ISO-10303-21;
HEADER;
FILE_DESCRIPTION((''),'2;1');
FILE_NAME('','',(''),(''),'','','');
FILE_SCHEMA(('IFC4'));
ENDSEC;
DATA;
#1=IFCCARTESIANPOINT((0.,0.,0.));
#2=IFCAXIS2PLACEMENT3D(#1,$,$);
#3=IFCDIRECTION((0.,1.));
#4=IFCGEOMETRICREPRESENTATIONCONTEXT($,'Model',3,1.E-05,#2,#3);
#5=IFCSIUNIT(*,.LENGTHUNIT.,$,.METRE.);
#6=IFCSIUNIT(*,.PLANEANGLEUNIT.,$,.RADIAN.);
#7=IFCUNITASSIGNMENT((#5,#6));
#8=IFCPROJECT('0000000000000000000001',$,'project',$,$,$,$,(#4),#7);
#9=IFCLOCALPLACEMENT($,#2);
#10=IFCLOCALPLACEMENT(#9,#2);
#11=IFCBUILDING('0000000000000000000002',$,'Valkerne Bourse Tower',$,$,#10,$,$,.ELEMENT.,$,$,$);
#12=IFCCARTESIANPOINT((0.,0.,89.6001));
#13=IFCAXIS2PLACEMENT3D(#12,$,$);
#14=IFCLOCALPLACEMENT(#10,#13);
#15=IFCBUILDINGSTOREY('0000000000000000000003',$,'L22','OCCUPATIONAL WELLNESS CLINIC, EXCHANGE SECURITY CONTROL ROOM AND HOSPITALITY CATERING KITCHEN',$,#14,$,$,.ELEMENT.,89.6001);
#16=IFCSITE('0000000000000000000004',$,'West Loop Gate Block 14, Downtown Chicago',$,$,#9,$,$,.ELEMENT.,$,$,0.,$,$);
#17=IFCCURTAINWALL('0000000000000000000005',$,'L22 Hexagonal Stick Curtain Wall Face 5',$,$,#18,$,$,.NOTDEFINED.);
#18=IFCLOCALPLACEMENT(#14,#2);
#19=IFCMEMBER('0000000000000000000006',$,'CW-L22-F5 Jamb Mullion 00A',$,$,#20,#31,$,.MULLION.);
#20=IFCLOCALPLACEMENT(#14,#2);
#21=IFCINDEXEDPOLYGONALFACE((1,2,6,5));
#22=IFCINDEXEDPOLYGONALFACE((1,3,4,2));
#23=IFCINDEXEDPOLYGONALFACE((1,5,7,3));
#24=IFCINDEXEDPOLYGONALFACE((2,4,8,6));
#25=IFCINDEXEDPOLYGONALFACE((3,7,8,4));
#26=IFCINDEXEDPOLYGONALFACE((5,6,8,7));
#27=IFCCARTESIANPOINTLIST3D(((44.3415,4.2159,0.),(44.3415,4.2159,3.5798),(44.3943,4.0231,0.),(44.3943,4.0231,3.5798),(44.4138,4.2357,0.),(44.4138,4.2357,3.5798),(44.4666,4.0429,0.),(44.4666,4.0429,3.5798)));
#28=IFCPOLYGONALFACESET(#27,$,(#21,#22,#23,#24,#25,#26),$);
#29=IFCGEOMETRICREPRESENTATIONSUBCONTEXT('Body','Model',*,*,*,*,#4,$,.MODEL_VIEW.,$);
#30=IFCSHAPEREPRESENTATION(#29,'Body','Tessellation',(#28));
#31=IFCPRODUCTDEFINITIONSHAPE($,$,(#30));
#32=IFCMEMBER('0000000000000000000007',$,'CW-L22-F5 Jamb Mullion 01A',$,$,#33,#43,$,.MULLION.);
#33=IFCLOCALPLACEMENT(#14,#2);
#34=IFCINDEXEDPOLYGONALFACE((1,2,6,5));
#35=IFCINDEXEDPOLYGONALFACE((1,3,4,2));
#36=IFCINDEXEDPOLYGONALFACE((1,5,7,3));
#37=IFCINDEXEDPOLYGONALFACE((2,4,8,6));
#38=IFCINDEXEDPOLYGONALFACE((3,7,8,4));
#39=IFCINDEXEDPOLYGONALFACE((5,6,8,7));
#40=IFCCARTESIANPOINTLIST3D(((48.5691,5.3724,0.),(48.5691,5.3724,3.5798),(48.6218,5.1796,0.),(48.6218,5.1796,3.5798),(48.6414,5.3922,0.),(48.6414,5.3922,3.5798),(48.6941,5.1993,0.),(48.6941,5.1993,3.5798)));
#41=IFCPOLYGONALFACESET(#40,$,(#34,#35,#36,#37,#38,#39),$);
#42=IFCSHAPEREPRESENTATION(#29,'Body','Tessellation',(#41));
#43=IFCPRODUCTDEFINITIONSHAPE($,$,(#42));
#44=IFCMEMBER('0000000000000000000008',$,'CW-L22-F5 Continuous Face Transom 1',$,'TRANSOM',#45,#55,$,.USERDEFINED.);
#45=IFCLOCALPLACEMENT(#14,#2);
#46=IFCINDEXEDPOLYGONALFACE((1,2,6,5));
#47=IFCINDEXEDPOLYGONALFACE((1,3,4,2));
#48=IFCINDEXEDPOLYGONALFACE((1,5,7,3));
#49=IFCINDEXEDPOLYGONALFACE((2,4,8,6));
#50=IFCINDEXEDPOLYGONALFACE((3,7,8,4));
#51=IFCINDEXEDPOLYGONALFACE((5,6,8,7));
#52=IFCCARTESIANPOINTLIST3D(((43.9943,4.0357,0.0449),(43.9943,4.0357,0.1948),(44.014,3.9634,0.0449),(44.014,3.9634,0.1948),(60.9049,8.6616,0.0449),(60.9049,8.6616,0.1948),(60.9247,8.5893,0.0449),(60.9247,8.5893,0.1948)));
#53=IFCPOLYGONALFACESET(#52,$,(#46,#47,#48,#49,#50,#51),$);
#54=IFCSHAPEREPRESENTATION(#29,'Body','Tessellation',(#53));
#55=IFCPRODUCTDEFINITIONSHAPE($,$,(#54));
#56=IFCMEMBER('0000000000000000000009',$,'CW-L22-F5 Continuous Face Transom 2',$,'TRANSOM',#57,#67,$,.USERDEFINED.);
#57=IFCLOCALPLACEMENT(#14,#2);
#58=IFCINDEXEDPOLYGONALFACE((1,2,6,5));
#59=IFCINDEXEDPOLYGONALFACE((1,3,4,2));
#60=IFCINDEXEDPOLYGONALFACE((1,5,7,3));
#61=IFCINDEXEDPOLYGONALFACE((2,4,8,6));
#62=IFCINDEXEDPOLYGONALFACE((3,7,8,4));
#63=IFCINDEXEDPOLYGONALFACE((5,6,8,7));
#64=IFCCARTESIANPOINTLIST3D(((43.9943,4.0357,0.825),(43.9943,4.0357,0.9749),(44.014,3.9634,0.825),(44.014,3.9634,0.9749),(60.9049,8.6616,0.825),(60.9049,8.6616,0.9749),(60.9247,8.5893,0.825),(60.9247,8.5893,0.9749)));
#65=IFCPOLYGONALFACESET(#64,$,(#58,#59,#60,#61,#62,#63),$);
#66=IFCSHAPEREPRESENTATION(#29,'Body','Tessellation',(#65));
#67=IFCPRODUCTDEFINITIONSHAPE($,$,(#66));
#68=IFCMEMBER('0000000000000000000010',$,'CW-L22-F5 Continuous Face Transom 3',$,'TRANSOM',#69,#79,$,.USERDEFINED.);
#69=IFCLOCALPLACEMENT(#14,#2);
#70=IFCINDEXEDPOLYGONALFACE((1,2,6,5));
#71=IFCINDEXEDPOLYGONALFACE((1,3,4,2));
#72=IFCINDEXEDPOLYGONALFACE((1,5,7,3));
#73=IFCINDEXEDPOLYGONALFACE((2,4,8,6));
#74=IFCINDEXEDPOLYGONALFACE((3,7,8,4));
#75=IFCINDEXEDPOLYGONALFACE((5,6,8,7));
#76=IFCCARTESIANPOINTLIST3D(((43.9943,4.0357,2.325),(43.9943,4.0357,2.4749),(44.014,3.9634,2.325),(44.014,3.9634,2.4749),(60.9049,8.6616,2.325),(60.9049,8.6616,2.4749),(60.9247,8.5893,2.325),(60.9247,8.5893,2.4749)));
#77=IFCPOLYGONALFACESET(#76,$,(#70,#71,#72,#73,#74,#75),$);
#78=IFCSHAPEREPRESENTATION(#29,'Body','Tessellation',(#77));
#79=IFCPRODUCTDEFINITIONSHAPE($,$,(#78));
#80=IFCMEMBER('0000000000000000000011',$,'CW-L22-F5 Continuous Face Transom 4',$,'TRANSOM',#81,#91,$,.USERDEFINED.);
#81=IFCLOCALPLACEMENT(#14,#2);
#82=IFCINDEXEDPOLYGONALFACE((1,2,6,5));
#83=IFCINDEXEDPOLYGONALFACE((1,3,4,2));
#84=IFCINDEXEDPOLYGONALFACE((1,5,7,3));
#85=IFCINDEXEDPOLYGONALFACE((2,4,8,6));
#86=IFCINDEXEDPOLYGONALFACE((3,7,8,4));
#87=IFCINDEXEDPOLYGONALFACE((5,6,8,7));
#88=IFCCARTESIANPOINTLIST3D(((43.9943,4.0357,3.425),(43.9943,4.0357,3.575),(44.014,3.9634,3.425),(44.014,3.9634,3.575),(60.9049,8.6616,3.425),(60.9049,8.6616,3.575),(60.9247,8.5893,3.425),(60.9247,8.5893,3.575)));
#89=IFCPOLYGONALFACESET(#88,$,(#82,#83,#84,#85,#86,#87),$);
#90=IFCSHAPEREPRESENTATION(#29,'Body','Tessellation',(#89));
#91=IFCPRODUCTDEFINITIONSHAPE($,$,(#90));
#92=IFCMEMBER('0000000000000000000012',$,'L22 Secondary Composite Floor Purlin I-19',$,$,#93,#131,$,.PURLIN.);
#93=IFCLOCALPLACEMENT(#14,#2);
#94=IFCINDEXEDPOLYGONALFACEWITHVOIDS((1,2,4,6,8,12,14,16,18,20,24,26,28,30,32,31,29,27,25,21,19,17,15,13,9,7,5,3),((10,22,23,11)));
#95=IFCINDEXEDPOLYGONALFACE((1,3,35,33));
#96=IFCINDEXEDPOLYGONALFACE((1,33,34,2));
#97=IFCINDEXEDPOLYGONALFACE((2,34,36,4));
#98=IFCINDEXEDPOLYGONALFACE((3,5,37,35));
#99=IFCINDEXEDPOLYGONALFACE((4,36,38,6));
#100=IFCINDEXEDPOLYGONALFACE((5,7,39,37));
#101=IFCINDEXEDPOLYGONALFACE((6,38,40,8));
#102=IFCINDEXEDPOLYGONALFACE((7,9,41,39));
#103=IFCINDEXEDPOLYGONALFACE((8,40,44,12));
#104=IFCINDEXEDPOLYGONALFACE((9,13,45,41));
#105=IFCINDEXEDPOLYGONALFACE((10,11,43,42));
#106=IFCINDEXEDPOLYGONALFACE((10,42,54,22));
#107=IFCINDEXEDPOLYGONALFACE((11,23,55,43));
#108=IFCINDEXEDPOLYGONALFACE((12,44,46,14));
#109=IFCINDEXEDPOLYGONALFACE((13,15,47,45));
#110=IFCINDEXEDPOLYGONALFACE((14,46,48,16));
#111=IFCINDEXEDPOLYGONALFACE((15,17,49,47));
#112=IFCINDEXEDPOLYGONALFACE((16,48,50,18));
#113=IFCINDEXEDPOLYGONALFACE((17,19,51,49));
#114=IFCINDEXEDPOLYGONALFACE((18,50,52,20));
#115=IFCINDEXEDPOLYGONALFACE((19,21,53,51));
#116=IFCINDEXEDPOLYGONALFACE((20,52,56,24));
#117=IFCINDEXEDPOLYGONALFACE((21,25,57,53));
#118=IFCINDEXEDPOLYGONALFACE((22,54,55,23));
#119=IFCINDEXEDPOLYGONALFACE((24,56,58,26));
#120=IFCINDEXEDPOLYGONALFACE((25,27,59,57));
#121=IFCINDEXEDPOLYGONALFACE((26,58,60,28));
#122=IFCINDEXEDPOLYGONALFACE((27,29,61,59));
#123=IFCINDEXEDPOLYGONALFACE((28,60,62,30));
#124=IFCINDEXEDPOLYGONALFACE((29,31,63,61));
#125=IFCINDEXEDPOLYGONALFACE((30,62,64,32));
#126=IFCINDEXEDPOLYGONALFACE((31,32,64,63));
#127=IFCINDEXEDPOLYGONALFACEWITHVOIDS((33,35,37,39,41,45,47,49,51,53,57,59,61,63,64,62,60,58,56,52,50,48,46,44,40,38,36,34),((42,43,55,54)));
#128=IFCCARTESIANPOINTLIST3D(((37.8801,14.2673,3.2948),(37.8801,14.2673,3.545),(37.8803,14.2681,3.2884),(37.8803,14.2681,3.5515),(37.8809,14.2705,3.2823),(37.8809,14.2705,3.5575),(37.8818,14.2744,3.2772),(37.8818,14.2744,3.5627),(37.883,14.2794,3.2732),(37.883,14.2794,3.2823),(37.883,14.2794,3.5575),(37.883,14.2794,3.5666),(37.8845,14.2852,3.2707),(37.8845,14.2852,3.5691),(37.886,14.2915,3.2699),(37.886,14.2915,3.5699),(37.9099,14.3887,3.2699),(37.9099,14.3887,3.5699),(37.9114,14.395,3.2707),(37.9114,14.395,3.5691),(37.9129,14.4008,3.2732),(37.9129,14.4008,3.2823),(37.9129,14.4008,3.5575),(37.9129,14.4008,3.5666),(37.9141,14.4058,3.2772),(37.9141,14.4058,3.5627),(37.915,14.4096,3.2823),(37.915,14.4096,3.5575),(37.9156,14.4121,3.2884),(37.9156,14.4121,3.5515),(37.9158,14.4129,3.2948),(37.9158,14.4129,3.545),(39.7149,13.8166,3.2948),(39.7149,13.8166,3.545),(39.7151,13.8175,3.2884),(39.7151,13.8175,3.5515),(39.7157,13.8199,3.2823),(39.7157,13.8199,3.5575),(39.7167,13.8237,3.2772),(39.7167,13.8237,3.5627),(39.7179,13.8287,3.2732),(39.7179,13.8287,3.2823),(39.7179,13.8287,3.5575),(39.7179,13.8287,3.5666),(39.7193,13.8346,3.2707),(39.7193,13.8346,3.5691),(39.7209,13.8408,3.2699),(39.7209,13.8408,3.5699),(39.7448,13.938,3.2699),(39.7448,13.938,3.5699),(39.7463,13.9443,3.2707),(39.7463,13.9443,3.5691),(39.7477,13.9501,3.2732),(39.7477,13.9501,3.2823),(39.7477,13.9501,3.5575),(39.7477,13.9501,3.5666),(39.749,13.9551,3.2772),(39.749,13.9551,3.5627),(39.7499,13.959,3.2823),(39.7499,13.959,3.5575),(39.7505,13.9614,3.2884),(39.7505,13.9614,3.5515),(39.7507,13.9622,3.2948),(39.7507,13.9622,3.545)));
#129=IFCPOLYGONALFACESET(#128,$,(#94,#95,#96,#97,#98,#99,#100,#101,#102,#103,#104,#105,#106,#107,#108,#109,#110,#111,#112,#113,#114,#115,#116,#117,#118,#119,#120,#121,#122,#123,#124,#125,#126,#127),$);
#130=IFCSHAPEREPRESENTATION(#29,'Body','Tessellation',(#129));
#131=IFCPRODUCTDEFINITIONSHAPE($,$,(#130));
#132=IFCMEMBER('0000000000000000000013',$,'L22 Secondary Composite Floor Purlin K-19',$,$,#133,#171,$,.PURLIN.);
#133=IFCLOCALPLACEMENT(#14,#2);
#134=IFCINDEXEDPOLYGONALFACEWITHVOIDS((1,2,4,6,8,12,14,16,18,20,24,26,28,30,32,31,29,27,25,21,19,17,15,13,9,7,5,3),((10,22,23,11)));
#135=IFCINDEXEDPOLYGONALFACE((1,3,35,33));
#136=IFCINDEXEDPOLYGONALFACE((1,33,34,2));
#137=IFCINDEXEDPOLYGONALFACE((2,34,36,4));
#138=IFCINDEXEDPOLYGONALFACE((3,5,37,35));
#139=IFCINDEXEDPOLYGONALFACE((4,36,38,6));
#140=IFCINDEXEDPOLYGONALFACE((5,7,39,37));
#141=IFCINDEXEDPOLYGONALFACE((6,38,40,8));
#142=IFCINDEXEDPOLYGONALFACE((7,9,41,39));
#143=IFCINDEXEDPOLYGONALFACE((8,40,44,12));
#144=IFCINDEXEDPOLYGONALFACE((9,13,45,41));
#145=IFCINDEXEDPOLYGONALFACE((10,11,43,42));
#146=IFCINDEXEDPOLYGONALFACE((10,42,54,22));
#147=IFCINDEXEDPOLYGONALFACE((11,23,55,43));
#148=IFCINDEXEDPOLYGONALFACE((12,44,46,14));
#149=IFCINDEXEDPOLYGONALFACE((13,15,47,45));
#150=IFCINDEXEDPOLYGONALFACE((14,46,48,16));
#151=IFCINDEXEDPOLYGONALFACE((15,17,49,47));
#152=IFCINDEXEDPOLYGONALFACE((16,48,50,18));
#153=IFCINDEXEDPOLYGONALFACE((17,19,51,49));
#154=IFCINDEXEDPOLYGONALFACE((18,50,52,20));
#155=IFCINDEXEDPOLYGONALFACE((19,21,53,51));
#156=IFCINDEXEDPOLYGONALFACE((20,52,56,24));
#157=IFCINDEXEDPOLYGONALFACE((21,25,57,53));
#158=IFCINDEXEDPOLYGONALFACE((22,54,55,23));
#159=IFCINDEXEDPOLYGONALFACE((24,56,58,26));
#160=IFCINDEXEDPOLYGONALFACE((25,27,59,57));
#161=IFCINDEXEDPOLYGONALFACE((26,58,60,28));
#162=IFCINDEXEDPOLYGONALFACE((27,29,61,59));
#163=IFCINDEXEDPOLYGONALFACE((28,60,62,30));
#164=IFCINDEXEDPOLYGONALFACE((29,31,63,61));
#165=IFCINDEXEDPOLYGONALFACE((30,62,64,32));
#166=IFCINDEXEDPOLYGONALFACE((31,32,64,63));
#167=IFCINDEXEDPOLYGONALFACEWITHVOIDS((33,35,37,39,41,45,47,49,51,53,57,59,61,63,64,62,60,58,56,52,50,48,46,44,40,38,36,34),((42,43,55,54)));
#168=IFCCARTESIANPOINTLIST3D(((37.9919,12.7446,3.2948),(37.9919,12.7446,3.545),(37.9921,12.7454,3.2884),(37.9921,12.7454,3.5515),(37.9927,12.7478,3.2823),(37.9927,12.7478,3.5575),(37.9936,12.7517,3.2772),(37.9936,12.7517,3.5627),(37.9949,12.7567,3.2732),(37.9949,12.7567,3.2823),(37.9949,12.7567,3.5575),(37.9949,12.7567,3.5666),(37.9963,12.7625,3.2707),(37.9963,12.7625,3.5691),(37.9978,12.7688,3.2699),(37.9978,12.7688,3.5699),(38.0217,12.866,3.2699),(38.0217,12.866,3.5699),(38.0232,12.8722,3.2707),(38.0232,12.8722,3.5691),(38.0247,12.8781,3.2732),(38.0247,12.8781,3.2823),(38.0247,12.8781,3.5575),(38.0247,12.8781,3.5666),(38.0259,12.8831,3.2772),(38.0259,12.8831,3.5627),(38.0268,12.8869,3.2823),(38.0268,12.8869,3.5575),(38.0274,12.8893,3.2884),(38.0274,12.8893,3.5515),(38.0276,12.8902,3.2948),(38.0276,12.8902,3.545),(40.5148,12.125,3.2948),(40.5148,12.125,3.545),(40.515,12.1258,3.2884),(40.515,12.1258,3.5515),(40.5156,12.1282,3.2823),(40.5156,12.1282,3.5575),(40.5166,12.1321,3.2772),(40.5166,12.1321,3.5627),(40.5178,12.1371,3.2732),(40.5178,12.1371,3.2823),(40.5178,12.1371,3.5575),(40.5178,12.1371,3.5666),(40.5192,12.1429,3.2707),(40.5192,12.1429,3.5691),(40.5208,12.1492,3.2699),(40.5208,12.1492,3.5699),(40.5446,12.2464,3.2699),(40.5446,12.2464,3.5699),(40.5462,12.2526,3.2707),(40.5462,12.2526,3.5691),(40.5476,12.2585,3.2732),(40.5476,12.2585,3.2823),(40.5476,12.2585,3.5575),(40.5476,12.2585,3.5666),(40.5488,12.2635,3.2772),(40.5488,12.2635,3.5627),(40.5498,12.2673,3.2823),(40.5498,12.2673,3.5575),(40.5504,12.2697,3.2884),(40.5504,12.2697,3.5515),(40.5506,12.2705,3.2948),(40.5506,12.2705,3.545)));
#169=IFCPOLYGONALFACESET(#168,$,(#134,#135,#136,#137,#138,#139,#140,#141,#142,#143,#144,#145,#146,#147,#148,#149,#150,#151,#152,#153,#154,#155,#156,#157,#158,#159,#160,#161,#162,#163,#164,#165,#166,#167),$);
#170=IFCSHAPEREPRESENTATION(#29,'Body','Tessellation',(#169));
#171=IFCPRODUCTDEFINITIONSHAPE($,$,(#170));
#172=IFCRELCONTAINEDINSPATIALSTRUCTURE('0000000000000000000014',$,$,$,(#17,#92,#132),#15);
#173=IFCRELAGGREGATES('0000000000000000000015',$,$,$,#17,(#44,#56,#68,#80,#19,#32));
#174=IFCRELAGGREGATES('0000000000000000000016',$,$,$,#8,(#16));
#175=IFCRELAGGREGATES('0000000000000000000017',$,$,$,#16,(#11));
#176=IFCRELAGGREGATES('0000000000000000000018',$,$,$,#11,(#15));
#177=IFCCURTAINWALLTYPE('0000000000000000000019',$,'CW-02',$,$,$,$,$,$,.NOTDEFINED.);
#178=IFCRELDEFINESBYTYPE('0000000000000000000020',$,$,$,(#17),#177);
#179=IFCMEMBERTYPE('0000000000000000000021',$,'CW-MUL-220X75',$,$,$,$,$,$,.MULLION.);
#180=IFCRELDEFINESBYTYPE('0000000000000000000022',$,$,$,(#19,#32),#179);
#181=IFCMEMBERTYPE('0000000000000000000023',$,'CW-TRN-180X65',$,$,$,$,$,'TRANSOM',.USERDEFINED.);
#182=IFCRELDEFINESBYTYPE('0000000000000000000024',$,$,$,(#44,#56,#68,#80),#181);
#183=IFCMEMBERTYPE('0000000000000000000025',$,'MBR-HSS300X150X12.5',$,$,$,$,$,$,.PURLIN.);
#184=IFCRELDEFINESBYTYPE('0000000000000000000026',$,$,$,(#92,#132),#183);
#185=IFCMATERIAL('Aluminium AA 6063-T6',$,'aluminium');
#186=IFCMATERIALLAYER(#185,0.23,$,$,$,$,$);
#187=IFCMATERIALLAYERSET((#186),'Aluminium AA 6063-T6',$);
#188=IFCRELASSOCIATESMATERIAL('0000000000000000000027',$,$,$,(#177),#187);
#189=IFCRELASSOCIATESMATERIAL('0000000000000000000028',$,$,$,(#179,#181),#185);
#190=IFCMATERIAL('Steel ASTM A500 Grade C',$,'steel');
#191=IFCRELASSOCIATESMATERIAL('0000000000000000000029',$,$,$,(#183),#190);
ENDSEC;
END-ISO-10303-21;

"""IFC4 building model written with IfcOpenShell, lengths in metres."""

from ifc_helpers import new_model, si_unit, direction, frame, origin, origin_2d, place, context, subcontext, project, spatial, rectangle, hollow_rectangle, extrude, material, layer, layer_set, material_profile, profile_set, type_object, element, aggregate, save


model = new_model("IFC4")

# Units and contexts
model_context = context("Model", 3, precision=1e-05, world=origin(), true_north=direction((0.0, 1.0)))
body_context = subcontext(model_context, "Body", "Model", "MODEL_VIEW")
ifc_project = project(units=[si_unit("LENGTHUNIT", "METRE"), si_unit("PLANEANGLEUNIT", "RADIAN")], contexts=[model_context])

# Site, building, storey
site_placement = place(None, origin())
site = spatial("IfcSite", under=ifc_project, at=site_placement, Name="West Loop Gate Block 14, Downtown Chicago", CompositionType="ELEMENT", RefElevation=0.0)
building_placement = place(site_placement, origin())
building = spatial("IfcBuilding", under=site, at=building_placement, Name="Valkerne Bourse Tower", CompositionType="ELEMENT")
storey_placement = place(building_placement, frame((0.0, 0.0, 89.6001)))
storey = spatial("IfcBuildingStorey", under=building, at=storey_placement, Name="L22", Description="OCCUPATIONAL WELLNESS CLINIC, EXCHANGE SECURITY CONTROL ROOM AND HOSPITALITY CATERING KITCHEN", CompositionType="ELEMENT", Elevation=89.6001)

# Curtain wall, members
ifc_material_1 = material(Name="Aluminium AA 6063-T6", Category="aluminium")
ifc_layer_1 = layer(ifc_material_1, 0.23)
ifc_layer_set_1 = layer_set([ifc_layer_1], Name="Aluminium AA 6063-T6")
curtain_wall_type = type_object("IfcCurtainWallType", Name="CW-02", PredefinedType="NOTDEFINED", material=ifc_layer_set_1)
curtain_wall_placement = place(storey_placement, origin())
curtain_wall = element("IfcCurtainWall", 1, at=curtain_wall_placement, inside=storey, type_object=curtain_wall_type, Name="L22 Hexagonal Stick Curtain Wall Face 5", PredefinedType="NOTDEFINED")
ifc_material_profile_1 = material_profile(ifc_material_1, rectangle(XDim=0.075, YDim=0.2, at=origin_2d()), Name="CWM-75X200")
ifc_profile_set_1 = profile_set([ifc_material_profile_1], Name="Aluminium AA 6063-T6")
member_type_1 = type_object("IfcMemberType", Name="CW-MUL-220X75", PredefinedType="MULLION", material=ifc_profile_set_1)
member_1_placement = place(storey_placement, frame((44.4041, 4.1294, 0.0), z_axis=(0.0, 0.0, 1.0), x_axis=(0.96456, 0.263864, 0.0)))
member_1 = element("IfcMember", 2, at=member_1_placement, type_object=member_type_1, Name="CW-L22-F5 Jamb Mullion 00A", PredefinedType="MULLION", context=body_context, shape_type="SweptSolid", body=[
    extrude(rectangle(XDim=0.075, YDim=0.2, at=origin_2d()), origin(), (0.0, 0.0, 1.0), 3.5798),
])
member_2_placement = place(storey_placement, frame((48.6316, 5.2859, 0.0), z_axis=(0.0, 0.0, 1.0), x_axis=(0.964556, 0.26388, 0.0)))
member_2 = element("IfcMember", 3, at=member_2_placement, type_object=member_type_1, Name="CW-L22-F5 Jamb Mullion 01A", PredefinedType="MULLION", context=body_context, shape_type="SweptSolid", body=[
    extrude(rectangle(XDim=0.075, YDim=0.2, at=origin_2d()), origin(), (0.0, 0.0, 1.0), 3.5798),
])
ifc_material_profile_2 = material_profile(ifc_material_1, rectangle(XDim=0.075, YDim=0.1499, at=origin_2d()), Name="CWT-75X150")
ifc_profile_set_2 = profile_set([ifc_material_profile_2], Name="Aluminium AA 6063-T6")
member_type_2 = type_object("IfcMemberType", Name="CW-TRN-180X65", ElementType="TRANSOM", PredefinedType="USERDEFINED", material=ifc_profile_set_2)
member_3_placement = place(storey_placement, frame((44.0042, 3.9995, 0.1199), z_axis=(0.964561, 0.26386, 0.0), x_axis=(-0.26386, 0.964561, 0.0)))
member_3 = element("IfcMember", 4, at=member_3_placement, type_object=member_type_2, Name="CW-L22-F5 Continuous Face Transom 1", ObjectType="TRANSOM", PredefinedType="USERDEFINED", context=body_context, shape_type="SweptSolid", body=[
    extrude(rectangle(XDim=0.075, YDim=0.1499, at=origin_2d()), origin(), (0.0, 0.0, 1.0), 17.532),
])
member_4_placement = place(storey_placement, frame((44.0042, 3.9995, 0.8999), z_axis=(0.964561, 0.26386, 0.0), x_axis=(-0.26386, 0.964561, 0.0)))
member_4 = element("IfcMember", 5, at=member_4_placement, type_object=member_type_2, Name="CW-L22-F5 Continuous Face Transom 2", ObjectType="TRANSOM", PredefinedType="USERDEFINED", context=body_context, shape_type="SweptSolid", body=[
    extrude(rectangle(XDim=0.075, YDim=0.1499, at=origin_2d()), origin(), (0.0, 0.0, 1.0), 17.532),
])
member_5_placement = place(storey_placement, frame((44.0042, 3.9995, 2.3999), z_axis=(0.964561, 0.26386, 0.0), x_axis=(-0.26386, 0.964561, 0.0)))
member_5 = element("IfcMember", 6, at=member_5_placement, type_object=member_type_2, Name="CW-L22-F5 Continuous Face Transom 3", ObjectType="TRANSOM", PredefinedType="USERDEFINED", context=body_context, shape_type="SweptSolid", body=[
    extrude(rectangle(XDim=0.075, YDim=0.1499, at=origin_2d()), origin(), (0.0, 0.0, 1.0), 17.532),
])
member_6_placement = place(storey_placement, frame((44.0042, 3.9995, 3.5), z_axis=(0.964561, 0.26386, 0.0), x_axis=(-0.26386, 0.964561, 0.0)))
member_6 = element("IfcMember", 7, at=member_6_placement, type_object=member_type_2, Name="CW-L22-F5 Continuous Face Transom 4", ObjectType="TRANSOM", PredefinedType="USERDEFINED", context=body_context, shape_type="SweptSolid", body=[
    extrude(rectangle(XDim=0.075, YDim=0.1499, at=origin_2d()), origin(), (0.0, 0.0, 1.0), 17.532),
])

# Members
ifc_material_2 = material(Name="Steel ASTM A500 Grade C", Category="steel")
ifc_material_profile_3 = material_profile(ifc_material_2, hollow_rectangle(XDim=0.1499, YDim=0.3, WallThickness=0.0125, OuterFilletRadius=0.0249, at=origin_2d()), Name="HSS300X150X12.5")
ifc_profile_set_3 = profile_set([ifc_material_profile_3], Name="Steel ASTM A500 Grade C")
member_type_3 = type_object("IfcMemberType", Name="MBR-HSS300X150X12.5", PredefinedType="PURLIN", material=ifc_profile_set_3)
member_7_placement = place(storey_placement, frame((37.8979, 14.3401, 3.4199), z_axis=(0.971137, -0.23852, 0.0), x_axis=(0.23852, 0.971137, 0.0)))
element("IfcMember", 8, at=member_7_placement, inside=storey, type_object=member_type_3, Name="L22 Secondary Composite Floor Purlin I-19", PredefinedType="PURLIN", context=body_context, shape_type="SweptSolid", body=[
    extrude(hollow_rectangle(XDim=0.1499, YDim=0.3, WallThickness=0.0125, OuterFilletRadius=0.0249, at=origin_2d()), origin(), (0.0, 0.0, 1.0), 1.8894),
])
member_8_placement = place(storey_placement, frame((38.0098, 12.8174, 3.4199), z_axis=(0.97114, -0.238509, 0.0), x_axis=(0.238509, 0.97114, 0.0)))
element("IfcMember", 9, at=member_8_placement, inside=storey, type_object=member_type_3, Name="L22 Secondary Composite Floor Purlin K-19", PredefinedType="PURLIN", context=body_context, shape_type="SweptSolid", body=[
    extrude(hollow_rectangle(XDim=0.1499, YDim=0.3, WallThickness=0.0125, OuterFilletRadius=0.0249, at=origin_2d()), origin(), (0.0, 0.0, 1.0), 2.5979),
])

aggregate(curtain_wall, [member_3, member_4, member_5, member_6, member_1, member_2])

save(model, "model.ifc")
